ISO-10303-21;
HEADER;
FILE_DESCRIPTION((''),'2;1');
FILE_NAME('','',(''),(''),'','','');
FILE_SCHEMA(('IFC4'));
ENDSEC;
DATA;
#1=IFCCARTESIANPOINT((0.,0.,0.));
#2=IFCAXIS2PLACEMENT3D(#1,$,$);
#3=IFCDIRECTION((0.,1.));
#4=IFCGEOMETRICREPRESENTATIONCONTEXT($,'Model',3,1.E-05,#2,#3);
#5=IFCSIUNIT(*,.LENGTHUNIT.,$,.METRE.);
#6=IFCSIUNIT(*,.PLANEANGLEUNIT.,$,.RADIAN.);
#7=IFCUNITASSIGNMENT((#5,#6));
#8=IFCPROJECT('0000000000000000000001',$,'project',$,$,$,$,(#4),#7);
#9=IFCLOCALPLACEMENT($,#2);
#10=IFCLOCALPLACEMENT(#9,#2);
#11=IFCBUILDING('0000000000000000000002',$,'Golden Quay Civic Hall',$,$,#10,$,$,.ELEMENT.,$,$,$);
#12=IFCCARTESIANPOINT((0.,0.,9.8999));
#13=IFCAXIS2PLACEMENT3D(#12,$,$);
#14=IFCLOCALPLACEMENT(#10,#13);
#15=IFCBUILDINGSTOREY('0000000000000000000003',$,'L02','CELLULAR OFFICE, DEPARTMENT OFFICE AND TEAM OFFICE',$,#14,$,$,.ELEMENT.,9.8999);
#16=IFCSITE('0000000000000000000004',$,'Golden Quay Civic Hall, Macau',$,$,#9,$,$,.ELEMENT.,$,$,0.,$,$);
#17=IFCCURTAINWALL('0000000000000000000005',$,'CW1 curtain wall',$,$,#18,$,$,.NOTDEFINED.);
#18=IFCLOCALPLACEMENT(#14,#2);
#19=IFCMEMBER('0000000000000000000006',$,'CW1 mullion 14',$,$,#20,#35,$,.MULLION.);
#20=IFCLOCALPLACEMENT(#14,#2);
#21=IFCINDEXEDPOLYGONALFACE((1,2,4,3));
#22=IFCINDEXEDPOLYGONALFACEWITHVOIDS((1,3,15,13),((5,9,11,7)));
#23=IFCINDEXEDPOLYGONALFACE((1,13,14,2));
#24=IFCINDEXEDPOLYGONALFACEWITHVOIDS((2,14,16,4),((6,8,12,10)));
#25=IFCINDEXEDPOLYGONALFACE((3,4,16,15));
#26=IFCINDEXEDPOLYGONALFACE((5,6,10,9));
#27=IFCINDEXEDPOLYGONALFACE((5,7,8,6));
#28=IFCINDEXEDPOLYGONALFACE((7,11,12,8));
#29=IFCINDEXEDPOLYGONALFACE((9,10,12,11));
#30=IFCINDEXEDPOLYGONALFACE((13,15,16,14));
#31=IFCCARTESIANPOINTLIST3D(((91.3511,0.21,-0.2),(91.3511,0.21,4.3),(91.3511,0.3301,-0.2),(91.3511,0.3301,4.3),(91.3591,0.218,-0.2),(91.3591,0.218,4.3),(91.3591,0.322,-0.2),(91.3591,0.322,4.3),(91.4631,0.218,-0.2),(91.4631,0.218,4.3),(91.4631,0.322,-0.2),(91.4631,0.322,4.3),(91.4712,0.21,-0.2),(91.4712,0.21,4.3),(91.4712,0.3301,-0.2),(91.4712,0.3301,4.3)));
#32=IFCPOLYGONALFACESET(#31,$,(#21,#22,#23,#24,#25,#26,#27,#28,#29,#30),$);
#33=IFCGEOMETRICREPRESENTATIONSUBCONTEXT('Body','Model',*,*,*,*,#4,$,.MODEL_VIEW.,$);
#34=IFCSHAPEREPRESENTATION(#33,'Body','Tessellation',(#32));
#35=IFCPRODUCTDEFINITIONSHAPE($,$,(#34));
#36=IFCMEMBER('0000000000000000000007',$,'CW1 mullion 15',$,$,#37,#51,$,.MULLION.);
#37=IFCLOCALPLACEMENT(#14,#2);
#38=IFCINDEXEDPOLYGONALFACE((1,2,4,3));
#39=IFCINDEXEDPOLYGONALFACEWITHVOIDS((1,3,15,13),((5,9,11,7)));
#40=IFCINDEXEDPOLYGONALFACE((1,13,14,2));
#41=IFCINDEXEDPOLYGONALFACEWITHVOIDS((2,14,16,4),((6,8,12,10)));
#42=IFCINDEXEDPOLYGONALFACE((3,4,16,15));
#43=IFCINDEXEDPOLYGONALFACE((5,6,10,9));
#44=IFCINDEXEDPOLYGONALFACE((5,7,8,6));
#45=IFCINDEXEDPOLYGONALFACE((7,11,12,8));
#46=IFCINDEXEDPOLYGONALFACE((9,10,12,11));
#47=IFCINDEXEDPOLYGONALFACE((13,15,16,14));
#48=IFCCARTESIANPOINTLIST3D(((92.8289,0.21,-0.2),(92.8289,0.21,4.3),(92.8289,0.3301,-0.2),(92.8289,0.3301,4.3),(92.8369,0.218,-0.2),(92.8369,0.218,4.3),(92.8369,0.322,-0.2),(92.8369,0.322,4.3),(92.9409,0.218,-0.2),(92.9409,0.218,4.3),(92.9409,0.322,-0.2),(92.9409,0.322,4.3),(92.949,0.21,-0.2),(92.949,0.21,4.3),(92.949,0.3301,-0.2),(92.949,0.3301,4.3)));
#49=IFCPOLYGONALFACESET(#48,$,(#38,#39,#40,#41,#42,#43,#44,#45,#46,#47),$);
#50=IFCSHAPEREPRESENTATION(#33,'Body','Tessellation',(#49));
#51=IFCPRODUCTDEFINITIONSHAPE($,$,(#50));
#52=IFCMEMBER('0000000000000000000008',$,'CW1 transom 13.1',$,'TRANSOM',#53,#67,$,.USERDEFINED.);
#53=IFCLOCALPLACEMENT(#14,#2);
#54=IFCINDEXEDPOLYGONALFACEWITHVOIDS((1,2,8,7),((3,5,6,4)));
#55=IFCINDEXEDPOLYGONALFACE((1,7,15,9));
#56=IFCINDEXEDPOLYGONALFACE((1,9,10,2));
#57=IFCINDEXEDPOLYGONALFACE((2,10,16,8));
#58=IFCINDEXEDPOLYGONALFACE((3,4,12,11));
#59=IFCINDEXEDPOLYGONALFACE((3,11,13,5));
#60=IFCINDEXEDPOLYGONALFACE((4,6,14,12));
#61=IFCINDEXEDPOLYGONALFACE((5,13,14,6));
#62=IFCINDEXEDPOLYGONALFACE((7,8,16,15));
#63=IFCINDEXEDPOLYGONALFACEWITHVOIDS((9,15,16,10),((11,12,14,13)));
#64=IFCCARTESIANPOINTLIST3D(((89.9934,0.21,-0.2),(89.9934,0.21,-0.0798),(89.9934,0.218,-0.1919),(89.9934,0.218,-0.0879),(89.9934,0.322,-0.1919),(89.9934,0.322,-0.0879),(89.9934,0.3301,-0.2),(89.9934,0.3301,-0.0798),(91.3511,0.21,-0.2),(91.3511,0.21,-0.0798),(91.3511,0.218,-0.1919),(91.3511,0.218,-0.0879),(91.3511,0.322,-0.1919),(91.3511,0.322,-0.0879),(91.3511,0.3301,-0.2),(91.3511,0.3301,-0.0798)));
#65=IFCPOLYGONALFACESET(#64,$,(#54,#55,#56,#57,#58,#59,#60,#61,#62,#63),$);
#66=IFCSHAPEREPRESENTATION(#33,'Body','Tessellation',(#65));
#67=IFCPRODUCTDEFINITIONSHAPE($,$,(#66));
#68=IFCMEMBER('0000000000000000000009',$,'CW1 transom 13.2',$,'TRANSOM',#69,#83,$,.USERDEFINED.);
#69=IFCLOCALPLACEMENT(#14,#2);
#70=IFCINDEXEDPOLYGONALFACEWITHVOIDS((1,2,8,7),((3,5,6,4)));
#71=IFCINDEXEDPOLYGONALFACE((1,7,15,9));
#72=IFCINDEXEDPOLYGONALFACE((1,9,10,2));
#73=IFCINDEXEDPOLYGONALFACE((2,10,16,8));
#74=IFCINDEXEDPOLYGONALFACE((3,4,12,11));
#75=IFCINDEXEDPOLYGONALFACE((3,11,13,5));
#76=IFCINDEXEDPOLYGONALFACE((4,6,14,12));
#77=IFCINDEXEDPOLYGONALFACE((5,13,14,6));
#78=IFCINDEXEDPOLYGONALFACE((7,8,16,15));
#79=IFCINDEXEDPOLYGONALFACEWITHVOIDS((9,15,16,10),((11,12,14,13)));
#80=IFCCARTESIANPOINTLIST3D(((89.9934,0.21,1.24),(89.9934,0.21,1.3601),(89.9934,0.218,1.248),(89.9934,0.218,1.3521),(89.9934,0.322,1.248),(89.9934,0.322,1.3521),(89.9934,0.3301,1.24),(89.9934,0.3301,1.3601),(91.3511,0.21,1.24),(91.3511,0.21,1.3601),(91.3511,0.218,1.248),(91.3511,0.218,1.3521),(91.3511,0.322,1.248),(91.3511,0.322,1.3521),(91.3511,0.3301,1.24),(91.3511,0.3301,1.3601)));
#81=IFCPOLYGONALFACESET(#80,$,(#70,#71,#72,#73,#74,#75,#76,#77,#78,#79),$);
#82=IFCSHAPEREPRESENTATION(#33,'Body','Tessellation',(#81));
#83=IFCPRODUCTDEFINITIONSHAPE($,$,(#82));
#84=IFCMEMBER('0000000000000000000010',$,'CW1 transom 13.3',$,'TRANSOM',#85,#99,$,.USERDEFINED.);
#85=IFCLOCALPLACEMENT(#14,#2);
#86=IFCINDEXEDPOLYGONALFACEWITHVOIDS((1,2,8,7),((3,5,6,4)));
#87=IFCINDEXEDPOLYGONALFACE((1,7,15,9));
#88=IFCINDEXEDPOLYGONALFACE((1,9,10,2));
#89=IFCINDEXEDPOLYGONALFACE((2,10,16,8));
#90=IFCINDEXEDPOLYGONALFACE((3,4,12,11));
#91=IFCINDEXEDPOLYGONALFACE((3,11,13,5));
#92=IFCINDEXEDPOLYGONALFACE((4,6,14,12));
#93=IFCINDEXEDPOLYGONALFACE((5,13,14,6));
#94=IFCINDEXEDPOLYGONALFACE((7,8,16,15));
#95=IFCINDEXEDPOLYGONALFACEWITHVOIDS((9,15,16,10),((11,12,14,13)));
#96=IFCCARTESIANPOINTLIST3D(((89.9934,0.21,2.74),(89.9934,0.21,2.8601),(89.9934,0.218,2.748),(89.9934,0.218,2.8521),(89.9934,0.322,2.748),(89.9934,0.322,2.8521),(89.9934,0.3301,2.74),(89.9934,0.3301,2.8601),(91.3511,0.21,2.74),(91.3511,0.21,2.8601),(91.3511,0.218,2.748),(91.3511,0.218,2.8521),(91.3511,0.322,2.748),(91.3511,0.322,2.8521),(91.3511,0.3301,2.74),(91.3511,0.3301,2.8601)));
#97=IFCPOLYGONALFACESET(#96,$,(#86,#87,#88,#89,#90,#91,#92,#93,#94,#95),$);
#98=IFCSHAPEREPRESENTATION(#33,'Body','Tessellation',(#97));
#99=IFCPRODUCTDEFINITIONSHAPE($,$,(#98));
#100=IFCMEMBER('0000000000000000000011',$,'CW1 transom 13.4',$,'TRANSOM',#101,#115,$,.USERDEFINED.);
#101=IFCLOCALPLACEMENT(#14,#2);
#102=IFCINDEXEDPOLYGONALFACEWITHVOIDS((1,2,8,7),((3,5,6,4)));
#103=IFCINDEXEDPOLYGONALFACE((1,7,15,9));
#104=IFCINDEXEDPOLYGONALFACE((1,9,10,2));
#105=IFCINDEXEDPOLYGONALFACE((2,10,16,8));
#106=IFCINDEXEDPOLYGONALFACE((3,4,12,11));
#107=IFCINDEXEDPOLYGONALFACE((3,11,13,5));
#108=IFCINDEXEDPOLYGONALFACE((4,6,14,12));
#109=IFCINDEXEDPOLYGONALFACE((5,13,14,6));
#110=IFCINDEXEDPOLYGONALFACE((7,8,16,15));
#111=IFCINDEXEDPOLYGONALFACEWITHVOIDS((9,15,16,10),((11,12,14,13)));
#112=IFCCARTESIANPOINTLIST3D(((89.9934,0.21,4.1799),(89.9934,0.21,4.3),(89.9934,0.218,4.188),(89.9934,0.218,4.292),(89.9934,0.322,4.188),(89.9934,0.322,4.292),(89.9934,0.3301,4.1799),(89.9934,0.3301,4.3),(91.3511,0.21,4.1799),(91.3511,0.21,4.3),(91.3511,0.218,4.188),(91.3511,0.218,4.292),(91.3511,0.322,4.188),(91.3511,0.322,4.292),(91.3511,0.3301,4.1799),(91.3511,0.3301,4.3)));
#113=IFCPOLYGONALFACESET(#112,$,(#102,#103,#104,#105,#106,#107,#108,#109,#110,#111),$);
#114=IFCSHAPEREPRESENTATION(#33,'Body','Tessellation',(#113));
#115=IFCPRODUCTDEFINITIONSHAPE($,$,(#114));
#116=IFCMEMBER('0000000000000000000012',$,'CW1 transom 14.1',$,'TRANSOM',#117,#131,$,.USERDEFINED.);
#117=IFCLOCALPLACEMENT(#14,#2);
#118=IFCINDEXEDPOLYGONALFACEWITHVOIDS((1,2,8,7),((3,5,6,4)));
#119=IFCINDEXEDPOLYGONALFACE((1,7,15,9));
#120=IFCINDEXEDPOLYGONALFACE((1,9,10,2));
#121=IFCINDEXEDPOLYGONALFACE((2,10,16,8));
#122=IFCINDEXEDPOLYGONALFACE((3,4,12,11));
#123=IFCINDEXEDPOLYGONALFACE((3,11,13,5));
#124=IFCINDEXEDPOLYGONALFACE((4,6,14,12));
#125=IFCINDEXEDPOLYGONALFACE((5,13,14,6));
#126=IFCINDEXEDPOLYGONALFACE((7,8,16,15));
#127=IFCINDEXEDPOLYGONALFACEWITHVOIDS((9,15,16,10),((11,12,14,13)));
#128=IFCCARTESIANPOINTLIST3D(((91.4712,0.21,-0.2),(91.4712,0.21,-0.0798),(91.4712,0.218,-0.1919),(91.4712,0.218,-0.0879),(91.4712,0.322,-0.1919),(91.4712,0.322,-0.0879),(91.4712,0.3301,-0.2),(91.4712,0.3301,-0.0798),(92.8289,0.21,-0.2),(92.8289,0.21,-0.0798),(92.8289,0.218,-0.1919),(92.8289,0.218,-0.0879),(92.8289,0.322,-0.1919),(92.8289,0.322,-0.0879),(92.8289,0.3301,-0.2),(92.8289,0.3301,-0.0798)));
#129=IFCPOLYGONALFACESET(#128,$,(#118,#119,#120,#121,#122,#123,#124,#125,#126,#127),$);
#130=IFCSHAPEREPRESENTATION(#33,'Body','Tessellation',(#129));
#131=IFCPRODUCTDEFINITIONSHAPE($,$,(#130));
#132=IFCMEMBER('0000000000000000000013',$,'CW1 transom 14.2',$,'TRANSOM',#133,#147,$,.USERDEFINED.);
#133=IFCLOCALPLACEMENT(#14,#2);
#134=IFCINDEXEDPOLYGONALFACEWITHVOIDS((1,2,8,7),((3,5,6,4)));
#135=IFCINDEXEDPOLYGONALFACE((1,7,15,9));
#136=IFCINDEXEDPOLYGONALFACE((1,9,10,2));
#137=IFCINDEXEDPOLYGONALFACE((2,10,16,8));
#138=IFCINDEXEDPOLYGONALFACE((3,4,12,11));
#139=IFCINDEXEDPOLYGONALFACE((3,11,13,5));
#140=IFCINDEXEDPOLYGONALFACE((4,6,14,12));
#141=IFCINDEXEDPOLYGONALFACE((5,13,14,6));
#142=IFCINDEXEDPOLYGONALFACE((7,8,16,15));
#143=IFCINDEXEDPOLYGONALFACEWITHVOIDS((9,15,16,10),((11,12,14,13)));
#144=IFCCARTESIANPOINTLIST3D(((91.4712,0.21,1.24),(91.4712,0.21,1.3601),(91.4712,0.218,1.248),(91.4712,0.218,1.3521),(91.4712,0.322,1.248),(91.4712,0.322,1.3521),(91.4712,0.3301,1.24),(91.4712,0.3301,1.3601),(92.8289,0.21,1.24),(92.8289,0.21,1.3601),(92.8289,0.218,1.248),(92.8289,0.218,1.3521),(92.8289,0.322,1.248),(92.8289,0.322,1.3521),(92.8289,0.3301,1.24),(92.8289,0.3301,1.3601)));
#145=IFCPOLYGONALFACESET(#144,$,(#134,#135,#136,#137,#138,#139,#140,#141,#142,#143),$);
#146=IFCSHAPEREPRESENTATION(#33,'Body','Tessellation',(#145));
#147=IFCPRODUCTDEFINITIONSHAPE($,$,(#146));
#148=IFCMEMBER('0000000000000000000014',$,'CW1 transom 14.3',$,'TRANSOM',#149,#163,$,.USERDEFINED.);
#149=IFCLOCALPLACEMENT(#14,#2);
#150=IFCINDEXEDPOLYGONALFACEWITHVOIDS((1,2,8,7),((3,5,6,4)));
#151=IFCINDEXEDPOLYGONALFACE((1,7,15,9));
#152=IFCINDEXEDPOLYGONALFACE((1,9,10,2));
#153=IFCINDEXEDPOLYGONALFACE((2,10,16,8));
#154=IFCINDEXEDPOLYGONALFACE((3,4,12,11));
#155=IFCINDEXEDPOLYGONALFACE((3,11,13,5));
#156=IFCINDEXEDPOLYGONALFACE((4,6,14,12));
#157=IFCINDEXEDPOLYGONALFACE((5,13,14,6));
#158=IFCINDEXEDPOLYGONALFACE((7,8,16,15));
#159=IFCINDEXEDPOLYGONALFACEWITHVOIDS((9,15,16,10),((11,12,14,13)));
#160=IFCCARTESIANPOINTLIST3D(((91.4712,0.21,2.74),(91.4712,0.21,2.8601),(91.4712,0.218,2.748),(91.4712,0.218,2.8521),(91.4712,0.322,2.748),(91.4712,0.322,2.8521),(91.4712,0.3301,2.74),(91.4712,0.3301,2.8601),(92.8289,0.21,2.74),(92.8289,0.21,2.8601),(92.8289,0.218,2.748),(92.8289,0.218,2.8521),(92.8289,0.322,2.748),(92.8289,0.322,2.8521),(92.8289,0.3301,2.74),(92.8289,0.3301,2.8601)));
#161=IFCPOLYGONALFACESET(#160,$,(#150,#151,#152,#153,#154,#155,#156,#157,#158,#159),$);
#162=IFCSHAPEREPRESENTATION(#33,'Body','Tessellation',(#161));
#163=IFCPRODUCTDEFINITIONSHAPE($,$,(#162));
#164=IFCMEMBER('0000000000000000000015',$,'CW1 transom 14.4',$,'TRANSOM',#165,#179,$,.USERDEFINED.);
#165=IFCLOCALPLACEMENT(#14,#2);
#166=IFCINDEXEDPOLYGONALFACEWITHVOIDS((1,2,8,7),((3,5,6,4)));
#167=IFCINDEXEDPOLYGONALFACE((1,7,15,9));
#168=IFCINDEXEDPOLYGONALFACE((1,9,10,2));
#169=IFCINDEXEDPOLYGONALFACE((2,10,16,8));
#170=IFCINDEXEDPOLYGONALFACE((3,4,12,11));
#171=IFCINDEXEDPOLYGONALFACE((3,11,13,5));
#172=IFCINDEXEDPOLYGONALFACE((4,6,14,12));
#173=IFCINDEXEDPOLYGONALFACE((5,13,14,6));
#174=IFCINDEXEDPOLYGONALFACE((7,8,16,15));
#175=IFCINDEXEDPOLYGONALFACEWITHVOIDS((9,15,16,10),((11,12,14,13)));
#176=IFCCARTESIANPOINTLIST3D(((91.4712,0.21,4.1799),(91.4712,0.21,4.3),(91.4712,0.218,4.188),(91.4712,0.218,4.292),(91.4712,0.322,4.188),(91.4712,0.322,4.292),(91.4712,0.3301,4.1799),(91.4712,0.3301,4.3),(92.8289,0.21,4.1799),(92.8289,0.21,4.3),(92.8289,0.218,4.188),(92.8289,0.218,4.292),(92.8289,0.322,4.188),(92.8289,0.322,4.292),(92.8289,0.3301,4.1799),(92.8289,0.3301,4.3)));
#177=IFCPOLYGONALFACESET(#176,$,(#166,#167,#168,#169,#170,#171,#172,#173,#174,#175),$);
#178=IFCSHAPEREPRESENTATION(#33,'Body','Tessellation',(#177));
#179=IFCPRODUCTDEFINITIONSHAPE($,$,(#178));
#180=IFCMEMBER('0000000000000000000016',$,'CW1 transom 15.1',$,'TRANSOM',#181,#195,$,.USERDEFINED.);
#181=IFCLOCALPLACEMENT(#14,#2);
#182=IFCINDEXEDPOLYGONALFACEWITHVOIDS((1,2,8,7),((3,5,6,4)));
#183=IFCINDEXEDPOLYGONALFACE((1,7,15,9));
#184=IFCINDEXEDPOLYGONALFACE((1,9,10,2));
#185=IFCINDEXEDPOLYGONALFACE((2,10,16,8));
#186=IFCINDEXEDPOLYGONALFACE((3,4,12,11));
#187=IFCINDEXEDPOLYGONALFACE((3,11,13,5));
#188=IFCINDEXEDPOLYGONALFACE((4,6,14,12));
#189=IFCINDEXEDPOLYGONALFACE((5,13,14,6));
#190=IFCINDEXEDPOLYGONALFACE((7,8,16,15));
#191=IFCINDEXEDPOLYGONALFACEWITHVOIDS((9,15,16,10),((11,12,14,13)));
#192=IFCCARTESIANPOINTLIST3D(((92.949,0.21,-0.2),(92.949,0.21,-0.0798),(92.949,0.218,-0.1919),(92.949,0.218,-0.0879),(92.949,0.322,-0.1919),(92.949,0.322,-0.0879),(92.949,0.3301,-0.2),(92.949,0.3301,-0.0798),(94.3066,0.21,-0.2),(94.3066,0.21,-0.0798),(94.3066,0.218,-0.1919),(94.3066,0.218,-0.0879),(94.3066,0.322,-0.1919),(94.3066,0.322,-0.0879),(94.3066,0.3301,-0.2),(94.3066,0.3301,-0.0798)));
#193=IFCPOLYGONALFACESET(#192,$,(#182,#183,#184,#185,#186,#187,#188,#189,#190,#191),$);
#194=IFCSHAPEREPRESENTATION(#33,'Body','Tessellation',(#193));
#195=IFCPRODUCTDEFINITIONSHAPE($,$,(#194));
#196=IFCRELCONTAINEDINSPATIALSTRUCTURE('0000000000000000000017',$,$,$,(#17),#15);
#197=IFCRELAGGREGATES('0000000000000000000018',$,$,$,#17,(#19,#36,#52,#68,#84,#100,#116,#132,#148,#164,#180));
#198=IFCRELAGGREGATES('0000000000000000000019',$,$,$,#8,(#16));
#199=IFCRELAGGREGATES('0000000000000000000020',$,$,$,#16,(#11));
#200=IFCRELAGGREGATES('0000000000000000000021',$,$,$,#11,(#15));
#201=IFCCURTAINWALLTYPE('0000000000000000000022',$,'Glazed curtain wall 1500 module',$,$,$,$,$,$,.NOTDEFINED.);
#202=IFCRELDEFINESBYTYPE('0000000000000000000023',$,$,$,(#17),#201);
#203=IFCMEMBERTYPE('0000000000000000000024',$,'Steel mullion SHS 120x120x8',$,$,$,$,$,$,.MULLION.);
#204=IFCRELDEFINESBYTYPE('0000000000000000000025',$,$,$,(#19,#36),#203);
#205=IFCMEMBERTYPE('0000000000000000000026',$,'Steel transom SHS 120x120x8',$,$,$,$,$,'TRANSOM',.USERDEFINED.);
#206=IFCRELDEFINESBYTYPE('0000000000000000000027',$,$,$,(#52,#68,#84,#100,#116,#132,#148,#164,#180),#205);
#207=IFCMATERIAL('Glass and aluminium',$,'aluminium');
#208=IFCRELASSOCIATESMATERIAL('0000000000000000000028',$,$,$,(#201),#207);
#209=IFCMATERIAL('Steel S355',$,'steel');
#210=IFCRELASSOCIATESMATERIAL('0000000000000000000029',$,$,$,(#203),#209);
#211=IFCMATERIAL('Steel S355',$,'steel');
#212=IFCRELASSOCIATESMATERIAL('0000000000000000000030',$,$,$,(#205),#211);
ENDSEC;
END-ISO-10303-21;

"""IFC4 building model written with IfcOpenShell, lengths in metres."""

from ifc_helpers import new_model, si_unit, direction, frame, origin, origin_2d, place, context, subcontext, project, spatial, hollow_rectangle, extrude, material, material_profile, profile_set, type_object, element, aggregate, save


model = new_model("IFC4")

# Units and contexts
model_context = context("Model", 3, precision=1e-05, world=origin(), true_north=direction((0.0, 1.0)))
body_context = subcontext(model_context, "Body", "Model", "MODEL_VIEW")
ifc_project = project(units=[si_unit("LENGTHUNIT", "METRE"), si_unit("PLANEANGLEUNIT", "RADIAN")], contexts=[model_context])

# Site, building, storey
site_placement = place(None, origin())
site = spatial("IfcSite", under=ifc_project, at=site_placement, Name="Golden Quay Civic Hall, Macau", CompositionType="ELEMENT", RefElevation=0.0)
building_placement = place(site_placement, origin())
building = spatial("IfcBuilding", under=site, at=building_placement, Name="Golden Quay Civic Hall", CompositionType="ELEMENT")
storey_placement = place(building_placement, frame((0.0, 0.0, 9.8999)))
storey = spatial("IfcBuildingStorey", under=building, at=storey_placement, Name="L02", Description="CELLULAR OFFICE, DEPARTMENT OFFICE AND TEAM OFFICE", CompositionType="ELEMENT", Elevation=9.8999)

# Curtain wall, members
ifc_material_1 = material(Name="Glass and aluminium", Category="aluminium")
curtain_wall_type = type_object("IfcCurtainWallType", Name="Glazed curtain wall 1500 module", PredefinedType="NOTDEFINED", material=ifc_material_1)
curtain_wall_placement = place(storey_placement, origin())
curtain_wall = element("IfcCurtainWall", 1, at=curtain_wall_placement, inside=storey, type_object=curtain_wall_type, Name="CW1 curtain wall", PredefinedType="NOTDEFINED")
ifc_material_2 = material(Name="Steel S355", Category="steel")
ifc_material_profile_1 = material_profile(ifc_material_2, hollow_rectangle(XDim=0.1201, YDim=0.1201, WallThickness=0.0081, at=origin_2d()), Name="SHS 120x120x8")
ifc_profile_set_1 = profile_set([ifc_material_profile_1], Name="Steel S355")
member_type_1 = type_object("IfcMemberType", Name="Steel mullion SHS 120x120x8", PredefinedType="MULLION", material=ifc_profile_set_1)
member_1_placement = place(storey_placement, frame((91.4111, 0.27, -0.2), z_axis=(0.0, 0.0, 1.0), x_axis=(0.0, 1.0, 0.0)))
member_1 = element("IfcMember", 2, at=member_1_placement, type_object=member_type_1, Name="CW1 mullion 14", PredefinedType="MULLION", context=body_context, shape_type="SweptSolid", body=[
    extrude(hollow_rectangle(XDim=0.1201, YDim=0.1201, WallThickness=0.0081, at=origin_2d()), origin(), (0.0, 0.0, 1.0), 4.5),
])
member_2_placement = place(storey_placement, frame((92.8889, 0.27, -0.2), z_axis=(0.0, 0.0, 1.0), x_axis=(0.0, 1.0, 0.0)))
member_2 = element("IfcMember", 3, at=member_2_placement, type_object=member_type_1, Name="CW1 mullion 15", PredefinedType="MULLION", context=body_context, shape_type="SweptSolid", body=[
    extrude(hollow_rectangle(XDim=0.1201, YDim=0.1201, WallThickness=0.0081, at=origin_2d()), origin(), (0.0, 0.0, 1.0), 4.5),
])
ifc_material_3 = material(Name="Steel S355", Category="steel")
ifc_material_profile_2 = material_profile(ifc_material_3, hollow_rectangle(XDim=0.1201, YDim=0.1201, WallThickness=0.0081, at=origin_2d()), Name="SHS 120x120x8")
ifc_profile_set_2 = profile_set([ifc_material_profile_2], Name="Steel S355")
member_type_2 = type_object("IfcMemberType", Name="Steel transom SHS 120x120x8", ElementType="TRANSOM", PredefinedType="USERDEFINED", material=ifc_profile_set_2)
member_3_placement = place(storey_placement, frame((89.9934, 0.27, -0.1399), z_axis=(1.0, 0.0, 0.0), x_axis=(0.0, 1.0, 0.0)))
member_3 = element("IfcMember", 4, at=member_3_placement, type_object=member_type_2, Name="CW1 transom 13.1", ObjectType="TRANSOM", PredefinedType="USERDEFINED", context=body_context, shape_type="SweptSolid", body=[
    extrude(hollow_rectangle(XDim=0.1201, YDim=0.1201, WallThickness=0.0081, at=origin_2d()), origin(), (0.0, 0.0, 1.0), 1.3577),
])
member_4_placement = place(storey_placement, frame((89.9934, 0.27, 1.3), z_axis=(1.0, 0.0, 0.0), x_axis=(0.0, 1.0, 0.0)))
member_4 = element("IfcMember", 5, at=member_4_placement, type_object=member_type_2, Name="CW1 transom 13.2", ObjectType="TRANSOM", PredefinedType="USERDEFINED", context=body_context, shape_type="SweptSolid", body=[
    extrude(hollow_rectangle(XDim=0.1201, YDim=0.1201, WallThickness=0.0081, at=origin_2d()), origin(), (0.0, 0.0, 1.0), 1.3577),
])
member_5_placement = place(storey_placement, frame((89.9934, 0.27, 2.8), z_axis=(1.0, 0.0, 0.0), x_axis=(0.0, 1.0, 0.0)))
member_5 = element("IfcMember", 6, at=member_5_placement, type_object=member_type_2, Name="CW1 transom 13.3", ObjectType="TRANSOM", PredefinedType="USERDEFINED", context=body_context, shape_type="SweptSolid", body=[
    extrude(hollow_rectangle(XDim=0.1201, YDim=0.1201, WallThickness=0.0081, at=origin_2d()), origin(), (0.0, 0.0, 1.0), 1.3577),
])
member_6_placement = place(storey_placement, frame((89.9934, 0.27, 4.24), z_axis=(1.0, 0.0, 0.0), x_axis=(0.0, 1.0, 0.0)))
member_6 = element("IfcMember", 7, at=member_6_placement, type_object=member_type_2, Name="CW1 transom 13.4", ObjectType="TRANSOM", PredefinedType="USERDEFINED", context=body_context, shape_type="SweptSolid", body=[
    extrude(hollow_rectangle(XDim=0.1201, YDim=0.1201, WallThickness=0.0081, at=origin_2d()), origin(), (0.0, 0.0, 1.0), 1.3577),
])
member_7_placement = place(storey_placement, frame((91.4712, 0.27, -0.1399), z_axis=(1.0, 0.0, 0.0), x_axis=(0.0, 1.0, 0.0)))
member_7 = element("IfcMember", 8, at=member_7_placement, type_object=member_type_2, Name="CW1 transom 14.1", ObjectType="TRANSOM", PredefinedType="USERDEFINED", context=body_context, shape_type="SweptSolid", body=[
    extrude(hollow_rectangle(XDim=0.1201, YDim=0.1201, WallThickness=0.0081, at=origin_2d()), origin(), (0.0, 0.0, 1.0), 1.3577),
])
member_8_placement = place(storey_placement, frame((91.4712, 0.27, 1.3), z_axis=(1.0, 0.0, 0.0), x_axis=(0.0, 1.0, 0.0)))
member_8 = element("IfcMember", 9, at=member_8_placement, type_object=member_type_2, Name="CW1 transom 14.2", ObjectType="TRANSOM", PredefinedType="USERDEFINED", context=body_context, shape_type="SweptSolid", body=[
    extrude(hollow_rectangle(XDim=0.1201, YDim=0.1201, WallThickness=0.0081, at=origin_2d()), origin(), (0.0, 0.0, 1.0), 1.3577),
])
member_9_placement = place(storey_placement, frame((91.4712, 0.27, 2.8), z_axis=(1.0, 0.0, 0.0), x_axis=(0.0, 1.0, 0.0)))
member_9 = element("IfcMember", 10, at=member_9_placement, type_object=member_type_2, Name="CW1 transom 14.3", ObjectType="TRANSOM", PredefinedType="USERDEFINED", context=body_context, shape_type="SweptSolid", body=[
    extrude(hollow_rectangle(XDim=0.1201, YDim=0.1201, WallThickness=0.0081, at=origin_2d()), origin(), (0.0, 0.0, 1.0), 1.3577),
])
member_10_placement = place(storey_placement, frame((91.4712, 0.27, 4.24), z_axis=(1.0, 0.0, 0.0), x_axis=(0.0, 1.0, 0.0)))
member_10 = element("IfcMember", 11, at=member_10_placement, type_object=member_type_2, Name="CW1 transom 14.4", ObjectType="TRANSOM", PredefinedType="USERDEFINED", context=body_context, shape_type="SweptSolid", body=[
    extrude(hollow_rectangle(XDim=0.1201, YDim=0.1201, WallThickness=0.0081, at=origin_2d()), origin(), (0.0, 0.0, 1.0), 1.3577),
])
member_11_placement = place(storey_placement, frame((92.949, 0.27, -0.1399), z_axis=(1.0, 0.0, 0.0), x_axis=(0.0, 1.0, 0.0)))
member_11 = element("IfcMember", 12, at=member_11_placement, type_object=member_type_2, Name="CW1 transom 15.1", ObjectType="TRANSOM", PredefinedType="USERDEFINED", context=body_context, shape_type="SweptSolid", body=[
    extrude(hollow_rectangle(XDim=0.1201, YDim=0.1201, WallThickness=0.0081, at=origin_2d()), origin(), (0.0, 0.0, 1.0), 1.3577),
])
aggregate(curtain_wall, [member_1, member_2, member_3, member_4, member_5, member_6, member_7, member_8, member_9, member_10, member_11])

save(model, "model.ifc")
